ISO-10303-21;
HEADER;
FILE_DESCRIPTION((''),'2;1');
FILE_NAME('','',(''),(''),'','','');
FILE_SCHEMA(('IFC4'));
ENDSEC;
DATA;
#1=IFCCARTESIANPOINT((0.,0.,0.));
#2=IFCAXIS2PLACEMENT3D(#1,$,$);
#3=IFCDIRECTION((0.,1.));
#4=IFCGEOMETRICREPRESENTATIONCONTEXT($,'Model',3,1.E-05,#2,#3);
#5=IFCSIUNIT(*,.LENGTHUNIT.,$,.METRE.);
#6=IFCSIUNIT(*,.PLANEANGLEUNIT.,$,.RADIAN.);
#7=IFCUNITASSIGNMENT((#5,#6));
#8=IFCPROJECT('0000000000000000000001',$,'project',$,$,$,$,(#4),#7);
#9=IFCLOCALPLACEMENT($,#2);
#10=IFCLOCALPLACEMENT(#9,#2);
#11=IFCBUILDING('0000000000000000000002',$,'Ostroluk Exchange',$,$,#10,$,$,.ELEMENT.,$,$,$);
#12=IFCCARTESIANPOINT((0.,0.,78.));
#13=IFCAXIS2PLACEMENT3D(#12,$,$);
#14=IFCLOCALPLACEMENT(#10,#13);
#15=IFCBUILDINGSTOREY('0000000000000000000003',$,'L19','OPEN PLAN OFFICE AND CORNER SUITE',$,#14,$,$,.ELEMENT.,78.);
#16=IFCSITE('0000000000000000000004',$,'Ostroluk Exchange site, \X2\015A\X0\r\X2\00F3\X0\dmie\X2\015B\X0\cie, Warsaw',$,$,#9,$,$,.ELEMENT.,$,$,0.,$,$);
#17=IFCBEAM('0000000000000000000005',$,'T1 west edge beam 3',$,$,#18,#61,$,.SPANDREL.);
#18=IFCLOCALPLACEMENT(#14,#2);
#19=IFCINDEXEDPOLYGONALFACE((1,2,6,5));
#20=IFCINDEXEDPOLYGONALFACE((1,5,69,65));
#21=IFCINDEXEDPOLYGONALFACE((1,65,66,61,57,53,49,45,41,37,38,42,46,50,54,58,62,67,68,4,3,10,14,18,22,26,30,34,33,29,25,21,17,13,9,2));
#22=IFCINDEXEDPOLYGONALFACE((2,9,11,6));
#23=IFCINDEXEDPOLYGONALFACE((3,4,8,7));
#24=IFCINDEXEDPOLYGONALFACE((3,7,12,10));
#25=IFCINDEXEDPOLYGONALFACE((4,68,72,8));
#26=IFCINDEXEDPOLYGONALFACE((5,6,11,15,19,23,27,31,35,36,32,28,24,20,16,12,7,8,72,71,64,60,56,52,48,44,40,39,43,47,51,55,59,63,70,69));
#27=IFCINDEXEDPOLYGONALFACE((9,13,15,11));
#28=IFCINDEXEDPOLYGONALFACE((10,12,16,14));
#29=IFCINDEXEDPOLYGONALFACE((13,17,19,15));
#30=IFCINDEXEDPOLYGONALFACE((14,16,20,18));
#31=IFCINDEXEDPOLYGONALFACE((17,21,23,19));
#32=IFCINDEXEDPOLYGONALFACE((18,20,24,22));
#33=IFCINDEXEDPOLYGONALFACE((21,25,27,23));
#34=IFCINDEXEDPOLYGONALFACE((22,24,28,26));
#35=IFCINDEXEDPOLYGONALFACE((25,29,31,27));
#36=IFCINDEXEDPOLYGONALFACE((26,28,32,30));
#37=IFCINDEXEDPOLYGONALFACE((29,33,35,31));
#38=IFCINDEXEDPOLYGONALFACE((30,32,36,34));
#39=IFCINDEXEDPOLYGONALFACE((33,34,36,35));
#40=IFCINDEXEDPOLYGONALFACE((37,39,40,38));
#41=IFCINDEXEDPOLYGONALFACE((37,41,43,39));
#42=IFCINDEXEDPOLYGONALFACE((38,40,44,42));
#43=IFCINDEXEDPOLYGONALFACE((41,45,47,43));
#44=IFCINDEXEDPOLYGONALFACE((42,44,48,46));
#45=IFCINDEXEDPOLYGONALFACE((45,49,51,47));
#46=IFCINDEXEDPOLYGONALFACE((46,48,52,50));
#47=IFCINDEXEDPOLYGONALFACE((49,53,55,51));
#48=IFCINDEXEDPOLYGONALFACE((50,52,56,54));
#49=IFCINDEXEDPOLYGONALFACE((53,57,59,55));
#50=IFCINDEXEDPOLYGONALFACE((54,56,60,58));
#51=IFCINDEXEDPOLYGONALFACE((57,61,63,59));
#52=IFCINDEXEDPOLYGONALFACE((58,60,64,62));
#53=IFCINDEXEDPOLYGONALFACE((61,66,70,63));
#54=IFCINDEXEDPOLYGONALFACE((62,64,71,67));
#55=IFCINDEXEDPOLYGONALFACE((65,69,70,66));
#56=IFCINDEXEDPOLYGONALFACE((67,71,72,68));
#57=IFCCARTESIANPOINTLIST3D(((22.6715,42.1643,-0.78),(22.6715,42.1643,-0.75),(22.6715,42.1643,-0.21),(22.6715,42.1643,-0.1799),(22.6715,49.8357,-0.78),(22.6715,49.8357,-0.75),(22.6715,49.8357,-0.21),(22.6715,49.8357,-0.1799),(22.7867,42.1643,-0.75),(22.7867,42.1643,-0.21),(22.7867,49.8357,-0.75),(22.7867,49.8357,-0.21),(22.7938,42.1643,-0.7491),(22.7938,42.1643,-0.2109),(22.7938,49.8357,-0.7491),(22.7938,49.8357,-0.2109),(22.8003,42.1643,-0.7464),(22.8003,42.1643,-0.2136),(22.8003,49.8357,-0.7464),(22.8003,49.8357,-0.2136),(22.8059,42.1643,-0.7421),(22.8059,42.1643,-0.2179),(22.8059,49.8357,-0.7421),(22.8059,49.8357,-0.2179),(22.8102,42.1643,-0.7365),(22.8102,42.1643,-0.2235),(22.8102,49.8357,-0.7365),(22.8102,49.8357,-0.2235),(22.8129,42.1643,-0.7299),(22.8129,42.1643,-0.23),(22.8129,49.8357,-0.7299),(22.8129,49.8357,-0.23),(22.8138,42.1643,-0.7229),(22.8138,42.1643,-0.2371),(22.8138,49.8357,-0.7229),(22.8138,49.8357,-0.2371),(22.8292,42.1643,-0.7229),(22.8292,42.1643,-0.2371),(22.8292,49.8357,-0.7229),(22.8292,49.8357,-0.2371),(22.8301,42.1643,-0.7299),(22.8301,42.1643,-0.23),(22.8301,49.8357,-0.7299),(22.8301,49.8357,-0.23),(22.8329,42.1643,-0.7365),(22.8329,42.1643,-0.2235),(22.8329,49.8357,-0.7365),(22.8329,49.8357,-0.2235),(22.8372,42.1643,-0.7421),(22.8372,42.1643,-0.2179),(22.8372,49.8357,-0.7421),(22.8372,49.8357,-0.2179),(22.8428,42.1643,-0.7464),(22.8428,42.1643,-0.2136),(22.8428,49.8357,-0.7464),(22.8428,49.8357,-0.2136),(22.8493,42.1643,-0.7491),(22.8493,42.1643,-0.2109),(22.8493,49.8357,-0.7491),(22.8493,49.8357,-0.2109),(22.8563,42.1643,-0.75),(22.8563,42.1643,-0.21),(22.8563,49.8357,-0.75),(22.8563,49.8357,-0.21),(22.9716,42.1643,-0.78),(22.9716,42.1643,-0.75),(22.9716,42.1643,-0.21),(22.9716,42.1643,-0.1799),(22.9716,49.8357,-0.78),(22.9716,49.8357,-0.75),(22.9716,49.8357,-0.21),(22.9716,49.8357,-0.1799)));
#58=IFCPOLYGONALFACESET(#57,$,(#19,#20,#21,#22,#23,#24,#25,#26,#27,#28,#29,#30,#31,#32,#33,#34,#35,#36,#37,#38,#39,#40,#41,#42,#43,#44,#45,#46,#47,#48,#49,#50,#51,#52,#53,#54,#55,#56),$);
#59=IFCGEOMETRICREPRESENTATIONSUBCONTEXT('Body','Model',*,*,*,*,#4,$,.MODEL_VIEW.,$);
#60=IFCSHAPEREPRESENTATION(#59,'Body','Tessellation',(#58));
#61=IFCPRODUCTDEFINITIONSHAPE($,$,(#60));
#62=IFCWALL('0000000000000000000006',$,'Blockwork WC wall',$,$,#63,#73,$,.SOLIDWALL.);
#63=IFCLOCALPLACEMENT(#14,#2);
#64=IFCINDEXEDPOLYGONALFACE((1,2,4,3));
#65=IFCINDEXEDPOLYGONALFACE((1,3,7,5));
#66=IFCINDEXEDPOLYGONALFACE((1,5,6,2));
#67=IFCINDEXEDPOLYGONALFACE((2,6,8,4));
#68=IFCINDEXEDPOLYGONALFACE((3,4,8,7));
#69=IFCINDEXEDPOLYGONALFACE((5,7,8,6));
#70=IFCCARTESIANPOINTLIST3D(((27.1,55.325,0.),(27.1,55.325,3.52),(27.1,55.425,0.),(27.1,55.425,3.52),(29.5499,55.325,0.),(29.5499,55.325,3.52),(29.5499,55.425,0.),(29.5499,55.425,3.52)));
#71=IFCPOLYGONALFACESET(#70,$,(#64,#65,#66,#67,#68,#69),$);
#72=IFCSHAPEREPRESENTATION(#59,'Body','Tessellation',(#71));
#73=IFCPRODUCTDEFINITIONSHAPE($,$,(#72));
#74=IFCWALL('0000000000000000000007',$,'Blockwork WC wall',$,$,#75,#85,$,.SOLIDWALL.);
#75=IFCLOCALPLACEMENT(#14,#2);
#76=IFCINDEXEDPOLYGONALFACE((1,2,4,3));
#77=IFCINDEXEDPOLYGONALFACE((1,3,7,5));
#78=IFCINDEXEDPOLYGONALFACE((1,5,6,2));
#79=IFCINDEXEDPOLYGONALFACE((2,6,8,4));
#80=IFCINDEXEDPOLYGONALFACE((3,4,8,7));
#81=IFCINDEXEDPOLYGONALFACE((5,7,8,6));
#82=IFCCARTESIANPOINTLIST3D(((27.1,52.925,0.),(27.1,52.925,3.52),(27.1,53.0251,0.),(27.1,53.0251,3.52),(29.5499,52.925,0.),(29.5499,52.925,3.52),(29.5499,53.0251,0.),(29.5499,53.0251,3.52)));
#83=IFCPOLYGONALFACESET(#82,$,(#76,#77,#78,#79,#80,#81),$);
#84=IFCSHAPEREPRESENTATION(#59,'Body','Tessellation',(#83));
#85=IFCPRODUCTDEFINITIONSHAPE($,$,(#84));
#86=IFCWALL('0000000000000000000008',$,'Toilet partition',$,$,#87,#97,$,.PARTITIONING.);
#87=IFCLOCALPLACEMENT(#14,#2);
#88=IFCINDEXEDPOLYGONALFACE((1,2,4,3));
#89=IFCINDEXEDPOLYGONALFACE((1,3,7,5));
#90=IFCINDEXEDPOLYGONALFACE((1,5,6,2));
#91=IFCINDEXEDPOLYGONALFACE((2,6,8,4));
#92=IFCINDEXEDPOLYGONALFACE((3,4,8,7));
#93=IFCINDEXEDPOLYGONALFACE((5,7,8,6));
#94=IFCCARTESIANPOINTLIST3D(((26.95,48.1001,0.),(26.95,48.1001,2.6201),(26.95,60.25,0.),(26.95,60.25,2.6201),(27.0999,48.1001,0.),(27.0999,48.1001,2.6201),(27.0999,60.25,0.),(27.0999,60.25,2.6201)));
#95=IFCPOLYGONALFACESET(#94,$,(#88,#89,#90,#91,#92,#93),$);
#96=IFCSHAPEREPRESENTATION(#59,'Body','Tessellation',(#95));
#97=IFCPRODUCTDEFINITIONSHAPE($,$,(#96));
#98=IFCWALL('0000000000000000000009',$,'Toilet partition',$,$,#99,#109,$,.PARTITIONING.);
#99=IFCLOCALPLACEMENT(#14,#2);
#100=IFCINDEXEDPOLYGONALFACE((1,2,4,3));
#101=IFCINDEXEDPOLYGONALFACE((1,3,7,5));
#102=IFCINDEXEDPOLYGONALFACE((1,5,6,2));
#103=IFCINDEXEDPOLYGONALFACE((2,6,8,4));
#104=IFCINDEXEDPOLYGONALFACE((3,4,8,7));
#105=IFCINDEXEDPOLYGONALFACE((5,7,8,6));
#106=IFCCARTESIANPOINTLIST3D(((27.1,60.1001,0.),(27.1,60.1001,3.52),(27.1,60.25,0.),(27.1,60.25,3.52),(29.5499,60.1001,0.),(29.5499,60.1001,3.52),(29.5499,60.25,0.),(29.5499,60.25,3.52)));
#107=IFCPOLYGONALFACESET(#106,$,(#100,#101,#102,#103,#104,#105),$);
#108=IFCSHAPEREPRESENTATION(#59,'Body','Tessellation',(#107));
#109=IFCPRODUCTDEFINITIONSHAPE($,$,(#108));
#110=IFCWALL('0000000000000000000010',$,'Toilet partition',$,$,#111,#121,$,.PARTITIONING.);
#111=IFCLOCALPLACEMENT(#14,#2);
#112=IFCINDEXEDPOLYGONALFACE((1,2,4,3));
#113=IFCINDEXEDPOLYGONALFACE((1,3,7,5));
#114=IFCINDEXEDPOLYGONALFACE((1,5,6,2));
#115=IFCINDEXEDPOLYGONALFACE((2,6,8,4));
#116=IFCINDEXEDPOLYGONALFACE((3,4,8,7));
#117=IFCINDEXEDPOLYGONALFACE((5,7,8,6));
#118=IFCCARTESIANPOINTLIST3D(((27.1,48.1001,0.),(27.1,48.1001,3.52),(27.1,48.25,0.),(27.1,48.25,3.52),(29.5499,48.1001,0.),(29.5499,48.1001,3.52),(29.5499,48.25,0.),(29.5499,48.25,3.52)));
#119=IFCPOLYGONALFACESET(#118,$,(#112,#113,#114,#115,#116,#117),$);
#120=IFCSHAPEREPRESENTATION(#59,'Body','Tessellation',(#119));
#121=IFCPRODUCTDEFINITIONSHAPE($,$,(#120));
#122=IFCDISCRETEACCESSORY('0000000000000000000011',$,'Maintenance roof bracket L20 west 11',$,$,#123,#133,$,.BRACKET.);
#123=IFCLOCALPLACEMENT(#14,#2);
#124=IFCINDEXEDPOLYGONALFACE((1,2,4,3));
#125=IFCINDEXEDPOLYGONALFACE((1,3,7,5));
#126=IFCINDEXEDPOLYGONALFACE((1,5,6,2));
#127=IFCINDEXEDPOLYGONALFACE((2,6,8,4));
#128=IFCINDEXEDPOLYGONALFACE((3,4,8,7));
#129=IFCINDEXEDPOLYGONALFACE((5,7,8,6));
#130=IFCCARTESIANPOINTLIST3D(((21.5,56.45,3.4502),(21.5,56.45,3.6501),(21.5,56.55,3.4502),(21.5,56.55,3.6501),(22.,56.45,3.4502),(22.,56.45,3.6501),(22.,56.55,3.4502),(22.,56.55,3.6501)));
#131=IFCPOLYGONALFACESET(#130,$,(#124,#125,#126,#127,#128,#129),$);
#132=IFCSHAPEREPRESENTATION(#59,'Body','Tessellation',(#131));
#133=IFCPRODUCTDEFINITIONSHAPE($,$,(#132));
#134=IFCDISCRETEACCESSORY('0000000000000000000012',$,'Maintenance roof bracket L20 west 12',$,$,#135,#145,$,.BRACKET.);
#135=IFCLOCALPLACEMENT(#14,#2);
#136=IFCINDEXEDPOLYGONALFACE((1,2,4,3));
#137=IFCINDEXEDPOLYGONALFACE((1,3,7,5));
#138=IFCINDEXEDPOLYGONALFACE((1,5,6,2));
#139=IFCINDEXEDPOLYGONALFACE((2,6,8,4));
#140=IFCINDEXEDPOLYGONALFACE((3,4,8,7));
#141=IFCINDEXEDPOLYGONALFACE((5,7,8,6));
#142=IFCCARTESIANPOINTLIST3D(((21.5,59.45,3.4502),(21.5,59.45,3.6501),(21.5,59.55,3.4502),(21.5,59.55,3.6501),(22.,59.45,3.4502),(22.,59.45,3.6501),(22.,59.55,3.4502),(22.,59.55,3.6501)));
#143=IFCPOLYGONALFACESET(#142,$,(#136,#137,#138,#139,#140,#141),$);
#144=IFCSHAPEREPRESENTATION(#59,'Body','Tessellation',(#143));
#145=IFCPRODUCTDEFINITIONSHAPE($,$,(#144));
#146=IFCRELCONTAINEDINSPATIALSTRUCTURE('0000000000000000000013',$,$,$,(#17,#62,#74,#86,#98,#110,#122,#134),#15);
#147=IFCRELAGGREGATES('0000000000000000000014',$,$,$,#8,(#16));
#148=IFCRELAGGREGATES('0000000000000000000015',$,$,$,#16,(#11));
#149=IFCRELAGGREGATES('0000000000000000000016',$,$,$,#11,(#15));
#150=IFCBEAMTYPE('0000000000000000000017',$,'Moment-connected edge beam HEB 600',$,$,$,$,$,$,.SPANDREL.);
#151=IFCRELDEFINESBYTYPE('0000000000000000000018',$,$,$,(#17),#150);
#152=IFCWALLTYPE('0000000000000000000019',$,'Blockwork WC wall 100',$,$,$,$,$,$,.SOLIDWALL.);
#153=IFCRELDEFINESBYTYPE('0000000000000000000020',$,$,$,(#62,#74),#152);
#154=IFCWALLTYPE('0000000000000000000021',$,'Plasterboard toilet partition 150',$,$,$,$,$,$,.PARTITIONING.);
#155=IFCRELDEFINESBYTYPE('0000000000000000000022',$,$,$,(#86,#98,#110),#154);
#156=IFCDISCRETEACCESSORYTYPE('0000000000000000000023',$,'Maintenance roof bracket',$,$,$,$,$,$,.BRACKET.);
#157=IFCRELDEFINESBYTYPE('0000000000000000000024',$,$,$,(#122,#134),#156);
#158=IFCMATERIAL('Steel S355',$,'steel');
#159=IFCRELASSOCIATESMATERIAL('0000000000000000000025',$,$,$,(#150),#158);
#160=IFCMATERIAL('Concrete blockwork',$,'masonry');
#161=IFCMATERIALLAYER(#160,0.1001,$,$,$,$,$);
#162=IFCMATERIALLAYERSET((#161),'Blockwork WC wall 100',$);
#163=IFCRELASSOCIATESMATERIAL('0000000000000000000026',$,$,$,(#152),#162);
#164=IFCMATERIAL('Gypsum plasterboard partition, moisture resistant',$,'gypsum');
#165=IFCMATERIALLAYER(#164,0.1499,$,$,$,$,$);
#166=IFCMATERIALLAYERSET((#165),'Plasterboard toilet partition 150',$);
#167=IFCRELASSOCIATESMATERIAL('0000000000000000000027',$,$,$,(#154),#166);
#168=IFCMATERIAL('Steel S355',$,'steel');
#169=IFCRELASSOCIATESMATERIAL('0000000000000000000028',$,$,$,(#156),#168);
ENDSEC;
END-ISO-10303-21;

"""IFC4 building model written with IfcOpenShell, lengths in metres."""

from ifc_helpers import new_model, si_unit, direction, frame, frame_2d, origin, origin_2d, place, context, subcontext, project, spatial, rectangle, i_section, extrude, material, layer, layer_set, material_profile, profile_set, type_object, element, save


model = new_model("IFC4")

# Units and contexts
model_context = context("Model", 3, precision=1e-05, world=origin(), true_north=direction((0.0, 1.0)))
body_context = subcontext(model_context, "Body", "Model", "MODEL_VIEW")
ifc_project = project(units=[si_unit("LENGTHUNIT", "METRE"), si_unit("PLANEANGLEUNIT", "RADIAN")], contexts=[model_context])

# Site, building, storey
site_placement = place(None, origin())
site = spatial("IfcSite", under=ifc_project, at=site_placement, Name="Ostroluk Exchange site, Śródmieście, Warsaw", CompositionType="ELEMENT", RefElevation=0.0)
building_placement = place(site_placement, origin())
building = spatial("IfcBuilding", under=site, at=building_placement, Name="Ostroluk Exchange", CompositionType="ELEMENT")
storey_placement = place(building_placement, frame((0.0, 0.0, 78.0)))
storey = spatial("IfcBuildingStorey", under=building, at=storey_placement, Name="L19", Description="OPEN PLAN OFFICE AND CORNER SUITE", CompositionType="ELEMENT", Elevation=78.0)

# Beam
ifc_material_1 = material(Name="Steel S355", Category="steel")
ifc_material_profile_1 = material_profile(ifc_material_1, i_section(OverallWidth=0.3, OverallDepth=0.6001, WebThickness=0.0154, FlangeThickness=0.03, FilletRadius=0.0271, at=origin_2d()), Name="HEB 600")
ifc_profile_set_1 = profile_set([ifc_material_profile_1], Name="Steel S355")
beam_type_1 = type_object("IfcBeamType", Name="Moment-connected edge beam HEB 600", PredefinedType="SPANDREL", material=ifc_profile_set_1)
for number, where, z_axis, x_axis, name in (
    (1, (22.8215, 49.8357, -0.48), (0.0, -1.0, 0.0), (1.0, 0.0, 0.0), "T1 west edge beam 3"),
):
    element("IfcBeam", number, at=place(storey_placement, frame(where, z_axis=z_axis, x_axis=x_axis)), inside=storey, type_object=beam_type_1, Name=name, PredefinedType="SPANDREL", context=body_context, shape_type="SweptSolid", body=[
        extrude(i_section(OverallWidth=0.3, OverallDepth=0.6001, WebThickness=0.0154, FlangeThickness=0.03, FilletRadius=0.0271, at=origin_2d()), origin(), (0.0, 0.0, 1.0), 7.6714),
    ])

# Walls
ifc_material_2 = material(Name="Concrete blockwork", Category="masonry")
ifc_layer_1 = layer(ifc_material_2, 0.1001)
ifc_layer_set_1 = layer_set([ifc_layer_1], Name="Blockwork WC wall 100")
wall_type_1 = type_object("IfcWallType", Name="Blockwork WC wall 100", PredefinedType="SOLIDWALL", material=ifc_layer_set_1)
for number, where, z_axis, x_axis, name in (
    (2, (29.55, 55.375, 0.0), (0.0, 0.0, 1.0), (-1.0, 0.0, 0.0), "Blockwork WC wall"),
    (3, (29.55, 52.9751, 0.0), (0.0, 0.0, 1.0), (-1.0, 0.0, 0.0), "Blockwork WC wall"),
):
    element("IfcWall", number, at=place(storey_placement, frame(where, z_axis=z_axis, x_axis=x_axis)), inside=storey, type_object=wall_type_1, Name=name, PredefinedType="SOLIDWALL", context=body_context, shape_type="SweptSolid", body=[
        extrude(rectangle(XDim=2.45, YDim=0.1001, at=frame_2d((1.2251, 0.0))), origin(), (0.0, 0.0, 1.0), 3.52),
    ])
ifc_material_3 = material(Name="Gypsum plasterboard partition, moisture resistant", Category="gypsum")
ifc_layer_2 = layer(ifc_material_3, 0.1499)
ifc_layer_set_2 = layer_set([ifc_layer_2], Name="Plasterboard toilet partition 150")
wall_type_2 = type_object("IfcWallType", Name="Plasterboard toilet partition 150", PredefinedType="PARTITIONING", material=ifc_layer_set_2)
wall_placement = place(storey_placement, frame((27.0249, 60.25, 0.0), z_axis=(0.0, 0.0, 1.0), x_axis=(0.0, -1.0, 0.0)))
element("IfcWall", 4, at=wall_placement, inside=storey, type_object=wall_type_2, Name="Toilet partition", PredefinedType="PARTITIONING", context=body_context, shape_type="SweptSolid", body=[
    extrude(rectangle(XDim=12.1499, YDim=0.1499, at=frame_2d((6.075, 0.0))), origin(), (0.0, 0.0, 1.0), 2.6201),
])
for number, where, z_axis, x_axis, name in (
    (5, (29.55, 60.175, 0.0), (0.0, 0.0, 1.0), (-1.0, 0.0, 0.0), "Toilet partition"),
    (6, (29.55, 48.175, 0.0), (0.0, 0.0, 1.0), (-1.0, 0.0, 0.0), "Toilet partition"),
):
    element("IfcWall", number, at=place(storey_placement, frame(where, z_axis=z_axis, x_axis=x_axis)), inside=storey, type_object=wall_type_2, Name=name, PredefinedType="PARTITIONING", context=body_context, shape_type="SweptSolid", body=[
        extrude(rectangle(XDim=2.45, YDim=0.1499, at=frame_2d((1.2251, 0.0))), origin(), (0.0, 0.0, 1.0), 3.52),
    ])

# Discrete accessories
ifc_material_4 = material(Name="Steel S355", Category="steel")
discrete_accessory_type = type_object("IfcDiscreteAccessoryType", Name="Maintenance roof bracket", PredefinedType="BRACKET", material=ifc_material_4)
for number, where, z_axis, x_axis, name in (
    (7, (21.75, 56.5, 3.4502), (0.0, 0.0, 1.0), (1.0, 0.0, 0.0), "Maintenance roof bracket L20 west 11"),
    (8, (21.75, 59.5, 3.4502), (0.0, 0.0, 1.0), (1.0, 0.0, 0.0), "Maintenance roof bracket L20 west 12"),
):
    element("IfcDiscreteAccessory", number, at=place(storey_placement, frame(where, z_axis=z_axis, x_axis=x_axis)), inside=storey, type_object=discrete_accessory_type, Name=name, PredefinedType="BRACKET", context=body_context, shape_type="SweptSolid", body=[
        extrude(rectangle(XDim=0.5, YDim=0.1001, at=origin_2d()), origin(), (0.0, 0.0, 1.0), 0.2),
    ])

save(model, "model.ifc")
